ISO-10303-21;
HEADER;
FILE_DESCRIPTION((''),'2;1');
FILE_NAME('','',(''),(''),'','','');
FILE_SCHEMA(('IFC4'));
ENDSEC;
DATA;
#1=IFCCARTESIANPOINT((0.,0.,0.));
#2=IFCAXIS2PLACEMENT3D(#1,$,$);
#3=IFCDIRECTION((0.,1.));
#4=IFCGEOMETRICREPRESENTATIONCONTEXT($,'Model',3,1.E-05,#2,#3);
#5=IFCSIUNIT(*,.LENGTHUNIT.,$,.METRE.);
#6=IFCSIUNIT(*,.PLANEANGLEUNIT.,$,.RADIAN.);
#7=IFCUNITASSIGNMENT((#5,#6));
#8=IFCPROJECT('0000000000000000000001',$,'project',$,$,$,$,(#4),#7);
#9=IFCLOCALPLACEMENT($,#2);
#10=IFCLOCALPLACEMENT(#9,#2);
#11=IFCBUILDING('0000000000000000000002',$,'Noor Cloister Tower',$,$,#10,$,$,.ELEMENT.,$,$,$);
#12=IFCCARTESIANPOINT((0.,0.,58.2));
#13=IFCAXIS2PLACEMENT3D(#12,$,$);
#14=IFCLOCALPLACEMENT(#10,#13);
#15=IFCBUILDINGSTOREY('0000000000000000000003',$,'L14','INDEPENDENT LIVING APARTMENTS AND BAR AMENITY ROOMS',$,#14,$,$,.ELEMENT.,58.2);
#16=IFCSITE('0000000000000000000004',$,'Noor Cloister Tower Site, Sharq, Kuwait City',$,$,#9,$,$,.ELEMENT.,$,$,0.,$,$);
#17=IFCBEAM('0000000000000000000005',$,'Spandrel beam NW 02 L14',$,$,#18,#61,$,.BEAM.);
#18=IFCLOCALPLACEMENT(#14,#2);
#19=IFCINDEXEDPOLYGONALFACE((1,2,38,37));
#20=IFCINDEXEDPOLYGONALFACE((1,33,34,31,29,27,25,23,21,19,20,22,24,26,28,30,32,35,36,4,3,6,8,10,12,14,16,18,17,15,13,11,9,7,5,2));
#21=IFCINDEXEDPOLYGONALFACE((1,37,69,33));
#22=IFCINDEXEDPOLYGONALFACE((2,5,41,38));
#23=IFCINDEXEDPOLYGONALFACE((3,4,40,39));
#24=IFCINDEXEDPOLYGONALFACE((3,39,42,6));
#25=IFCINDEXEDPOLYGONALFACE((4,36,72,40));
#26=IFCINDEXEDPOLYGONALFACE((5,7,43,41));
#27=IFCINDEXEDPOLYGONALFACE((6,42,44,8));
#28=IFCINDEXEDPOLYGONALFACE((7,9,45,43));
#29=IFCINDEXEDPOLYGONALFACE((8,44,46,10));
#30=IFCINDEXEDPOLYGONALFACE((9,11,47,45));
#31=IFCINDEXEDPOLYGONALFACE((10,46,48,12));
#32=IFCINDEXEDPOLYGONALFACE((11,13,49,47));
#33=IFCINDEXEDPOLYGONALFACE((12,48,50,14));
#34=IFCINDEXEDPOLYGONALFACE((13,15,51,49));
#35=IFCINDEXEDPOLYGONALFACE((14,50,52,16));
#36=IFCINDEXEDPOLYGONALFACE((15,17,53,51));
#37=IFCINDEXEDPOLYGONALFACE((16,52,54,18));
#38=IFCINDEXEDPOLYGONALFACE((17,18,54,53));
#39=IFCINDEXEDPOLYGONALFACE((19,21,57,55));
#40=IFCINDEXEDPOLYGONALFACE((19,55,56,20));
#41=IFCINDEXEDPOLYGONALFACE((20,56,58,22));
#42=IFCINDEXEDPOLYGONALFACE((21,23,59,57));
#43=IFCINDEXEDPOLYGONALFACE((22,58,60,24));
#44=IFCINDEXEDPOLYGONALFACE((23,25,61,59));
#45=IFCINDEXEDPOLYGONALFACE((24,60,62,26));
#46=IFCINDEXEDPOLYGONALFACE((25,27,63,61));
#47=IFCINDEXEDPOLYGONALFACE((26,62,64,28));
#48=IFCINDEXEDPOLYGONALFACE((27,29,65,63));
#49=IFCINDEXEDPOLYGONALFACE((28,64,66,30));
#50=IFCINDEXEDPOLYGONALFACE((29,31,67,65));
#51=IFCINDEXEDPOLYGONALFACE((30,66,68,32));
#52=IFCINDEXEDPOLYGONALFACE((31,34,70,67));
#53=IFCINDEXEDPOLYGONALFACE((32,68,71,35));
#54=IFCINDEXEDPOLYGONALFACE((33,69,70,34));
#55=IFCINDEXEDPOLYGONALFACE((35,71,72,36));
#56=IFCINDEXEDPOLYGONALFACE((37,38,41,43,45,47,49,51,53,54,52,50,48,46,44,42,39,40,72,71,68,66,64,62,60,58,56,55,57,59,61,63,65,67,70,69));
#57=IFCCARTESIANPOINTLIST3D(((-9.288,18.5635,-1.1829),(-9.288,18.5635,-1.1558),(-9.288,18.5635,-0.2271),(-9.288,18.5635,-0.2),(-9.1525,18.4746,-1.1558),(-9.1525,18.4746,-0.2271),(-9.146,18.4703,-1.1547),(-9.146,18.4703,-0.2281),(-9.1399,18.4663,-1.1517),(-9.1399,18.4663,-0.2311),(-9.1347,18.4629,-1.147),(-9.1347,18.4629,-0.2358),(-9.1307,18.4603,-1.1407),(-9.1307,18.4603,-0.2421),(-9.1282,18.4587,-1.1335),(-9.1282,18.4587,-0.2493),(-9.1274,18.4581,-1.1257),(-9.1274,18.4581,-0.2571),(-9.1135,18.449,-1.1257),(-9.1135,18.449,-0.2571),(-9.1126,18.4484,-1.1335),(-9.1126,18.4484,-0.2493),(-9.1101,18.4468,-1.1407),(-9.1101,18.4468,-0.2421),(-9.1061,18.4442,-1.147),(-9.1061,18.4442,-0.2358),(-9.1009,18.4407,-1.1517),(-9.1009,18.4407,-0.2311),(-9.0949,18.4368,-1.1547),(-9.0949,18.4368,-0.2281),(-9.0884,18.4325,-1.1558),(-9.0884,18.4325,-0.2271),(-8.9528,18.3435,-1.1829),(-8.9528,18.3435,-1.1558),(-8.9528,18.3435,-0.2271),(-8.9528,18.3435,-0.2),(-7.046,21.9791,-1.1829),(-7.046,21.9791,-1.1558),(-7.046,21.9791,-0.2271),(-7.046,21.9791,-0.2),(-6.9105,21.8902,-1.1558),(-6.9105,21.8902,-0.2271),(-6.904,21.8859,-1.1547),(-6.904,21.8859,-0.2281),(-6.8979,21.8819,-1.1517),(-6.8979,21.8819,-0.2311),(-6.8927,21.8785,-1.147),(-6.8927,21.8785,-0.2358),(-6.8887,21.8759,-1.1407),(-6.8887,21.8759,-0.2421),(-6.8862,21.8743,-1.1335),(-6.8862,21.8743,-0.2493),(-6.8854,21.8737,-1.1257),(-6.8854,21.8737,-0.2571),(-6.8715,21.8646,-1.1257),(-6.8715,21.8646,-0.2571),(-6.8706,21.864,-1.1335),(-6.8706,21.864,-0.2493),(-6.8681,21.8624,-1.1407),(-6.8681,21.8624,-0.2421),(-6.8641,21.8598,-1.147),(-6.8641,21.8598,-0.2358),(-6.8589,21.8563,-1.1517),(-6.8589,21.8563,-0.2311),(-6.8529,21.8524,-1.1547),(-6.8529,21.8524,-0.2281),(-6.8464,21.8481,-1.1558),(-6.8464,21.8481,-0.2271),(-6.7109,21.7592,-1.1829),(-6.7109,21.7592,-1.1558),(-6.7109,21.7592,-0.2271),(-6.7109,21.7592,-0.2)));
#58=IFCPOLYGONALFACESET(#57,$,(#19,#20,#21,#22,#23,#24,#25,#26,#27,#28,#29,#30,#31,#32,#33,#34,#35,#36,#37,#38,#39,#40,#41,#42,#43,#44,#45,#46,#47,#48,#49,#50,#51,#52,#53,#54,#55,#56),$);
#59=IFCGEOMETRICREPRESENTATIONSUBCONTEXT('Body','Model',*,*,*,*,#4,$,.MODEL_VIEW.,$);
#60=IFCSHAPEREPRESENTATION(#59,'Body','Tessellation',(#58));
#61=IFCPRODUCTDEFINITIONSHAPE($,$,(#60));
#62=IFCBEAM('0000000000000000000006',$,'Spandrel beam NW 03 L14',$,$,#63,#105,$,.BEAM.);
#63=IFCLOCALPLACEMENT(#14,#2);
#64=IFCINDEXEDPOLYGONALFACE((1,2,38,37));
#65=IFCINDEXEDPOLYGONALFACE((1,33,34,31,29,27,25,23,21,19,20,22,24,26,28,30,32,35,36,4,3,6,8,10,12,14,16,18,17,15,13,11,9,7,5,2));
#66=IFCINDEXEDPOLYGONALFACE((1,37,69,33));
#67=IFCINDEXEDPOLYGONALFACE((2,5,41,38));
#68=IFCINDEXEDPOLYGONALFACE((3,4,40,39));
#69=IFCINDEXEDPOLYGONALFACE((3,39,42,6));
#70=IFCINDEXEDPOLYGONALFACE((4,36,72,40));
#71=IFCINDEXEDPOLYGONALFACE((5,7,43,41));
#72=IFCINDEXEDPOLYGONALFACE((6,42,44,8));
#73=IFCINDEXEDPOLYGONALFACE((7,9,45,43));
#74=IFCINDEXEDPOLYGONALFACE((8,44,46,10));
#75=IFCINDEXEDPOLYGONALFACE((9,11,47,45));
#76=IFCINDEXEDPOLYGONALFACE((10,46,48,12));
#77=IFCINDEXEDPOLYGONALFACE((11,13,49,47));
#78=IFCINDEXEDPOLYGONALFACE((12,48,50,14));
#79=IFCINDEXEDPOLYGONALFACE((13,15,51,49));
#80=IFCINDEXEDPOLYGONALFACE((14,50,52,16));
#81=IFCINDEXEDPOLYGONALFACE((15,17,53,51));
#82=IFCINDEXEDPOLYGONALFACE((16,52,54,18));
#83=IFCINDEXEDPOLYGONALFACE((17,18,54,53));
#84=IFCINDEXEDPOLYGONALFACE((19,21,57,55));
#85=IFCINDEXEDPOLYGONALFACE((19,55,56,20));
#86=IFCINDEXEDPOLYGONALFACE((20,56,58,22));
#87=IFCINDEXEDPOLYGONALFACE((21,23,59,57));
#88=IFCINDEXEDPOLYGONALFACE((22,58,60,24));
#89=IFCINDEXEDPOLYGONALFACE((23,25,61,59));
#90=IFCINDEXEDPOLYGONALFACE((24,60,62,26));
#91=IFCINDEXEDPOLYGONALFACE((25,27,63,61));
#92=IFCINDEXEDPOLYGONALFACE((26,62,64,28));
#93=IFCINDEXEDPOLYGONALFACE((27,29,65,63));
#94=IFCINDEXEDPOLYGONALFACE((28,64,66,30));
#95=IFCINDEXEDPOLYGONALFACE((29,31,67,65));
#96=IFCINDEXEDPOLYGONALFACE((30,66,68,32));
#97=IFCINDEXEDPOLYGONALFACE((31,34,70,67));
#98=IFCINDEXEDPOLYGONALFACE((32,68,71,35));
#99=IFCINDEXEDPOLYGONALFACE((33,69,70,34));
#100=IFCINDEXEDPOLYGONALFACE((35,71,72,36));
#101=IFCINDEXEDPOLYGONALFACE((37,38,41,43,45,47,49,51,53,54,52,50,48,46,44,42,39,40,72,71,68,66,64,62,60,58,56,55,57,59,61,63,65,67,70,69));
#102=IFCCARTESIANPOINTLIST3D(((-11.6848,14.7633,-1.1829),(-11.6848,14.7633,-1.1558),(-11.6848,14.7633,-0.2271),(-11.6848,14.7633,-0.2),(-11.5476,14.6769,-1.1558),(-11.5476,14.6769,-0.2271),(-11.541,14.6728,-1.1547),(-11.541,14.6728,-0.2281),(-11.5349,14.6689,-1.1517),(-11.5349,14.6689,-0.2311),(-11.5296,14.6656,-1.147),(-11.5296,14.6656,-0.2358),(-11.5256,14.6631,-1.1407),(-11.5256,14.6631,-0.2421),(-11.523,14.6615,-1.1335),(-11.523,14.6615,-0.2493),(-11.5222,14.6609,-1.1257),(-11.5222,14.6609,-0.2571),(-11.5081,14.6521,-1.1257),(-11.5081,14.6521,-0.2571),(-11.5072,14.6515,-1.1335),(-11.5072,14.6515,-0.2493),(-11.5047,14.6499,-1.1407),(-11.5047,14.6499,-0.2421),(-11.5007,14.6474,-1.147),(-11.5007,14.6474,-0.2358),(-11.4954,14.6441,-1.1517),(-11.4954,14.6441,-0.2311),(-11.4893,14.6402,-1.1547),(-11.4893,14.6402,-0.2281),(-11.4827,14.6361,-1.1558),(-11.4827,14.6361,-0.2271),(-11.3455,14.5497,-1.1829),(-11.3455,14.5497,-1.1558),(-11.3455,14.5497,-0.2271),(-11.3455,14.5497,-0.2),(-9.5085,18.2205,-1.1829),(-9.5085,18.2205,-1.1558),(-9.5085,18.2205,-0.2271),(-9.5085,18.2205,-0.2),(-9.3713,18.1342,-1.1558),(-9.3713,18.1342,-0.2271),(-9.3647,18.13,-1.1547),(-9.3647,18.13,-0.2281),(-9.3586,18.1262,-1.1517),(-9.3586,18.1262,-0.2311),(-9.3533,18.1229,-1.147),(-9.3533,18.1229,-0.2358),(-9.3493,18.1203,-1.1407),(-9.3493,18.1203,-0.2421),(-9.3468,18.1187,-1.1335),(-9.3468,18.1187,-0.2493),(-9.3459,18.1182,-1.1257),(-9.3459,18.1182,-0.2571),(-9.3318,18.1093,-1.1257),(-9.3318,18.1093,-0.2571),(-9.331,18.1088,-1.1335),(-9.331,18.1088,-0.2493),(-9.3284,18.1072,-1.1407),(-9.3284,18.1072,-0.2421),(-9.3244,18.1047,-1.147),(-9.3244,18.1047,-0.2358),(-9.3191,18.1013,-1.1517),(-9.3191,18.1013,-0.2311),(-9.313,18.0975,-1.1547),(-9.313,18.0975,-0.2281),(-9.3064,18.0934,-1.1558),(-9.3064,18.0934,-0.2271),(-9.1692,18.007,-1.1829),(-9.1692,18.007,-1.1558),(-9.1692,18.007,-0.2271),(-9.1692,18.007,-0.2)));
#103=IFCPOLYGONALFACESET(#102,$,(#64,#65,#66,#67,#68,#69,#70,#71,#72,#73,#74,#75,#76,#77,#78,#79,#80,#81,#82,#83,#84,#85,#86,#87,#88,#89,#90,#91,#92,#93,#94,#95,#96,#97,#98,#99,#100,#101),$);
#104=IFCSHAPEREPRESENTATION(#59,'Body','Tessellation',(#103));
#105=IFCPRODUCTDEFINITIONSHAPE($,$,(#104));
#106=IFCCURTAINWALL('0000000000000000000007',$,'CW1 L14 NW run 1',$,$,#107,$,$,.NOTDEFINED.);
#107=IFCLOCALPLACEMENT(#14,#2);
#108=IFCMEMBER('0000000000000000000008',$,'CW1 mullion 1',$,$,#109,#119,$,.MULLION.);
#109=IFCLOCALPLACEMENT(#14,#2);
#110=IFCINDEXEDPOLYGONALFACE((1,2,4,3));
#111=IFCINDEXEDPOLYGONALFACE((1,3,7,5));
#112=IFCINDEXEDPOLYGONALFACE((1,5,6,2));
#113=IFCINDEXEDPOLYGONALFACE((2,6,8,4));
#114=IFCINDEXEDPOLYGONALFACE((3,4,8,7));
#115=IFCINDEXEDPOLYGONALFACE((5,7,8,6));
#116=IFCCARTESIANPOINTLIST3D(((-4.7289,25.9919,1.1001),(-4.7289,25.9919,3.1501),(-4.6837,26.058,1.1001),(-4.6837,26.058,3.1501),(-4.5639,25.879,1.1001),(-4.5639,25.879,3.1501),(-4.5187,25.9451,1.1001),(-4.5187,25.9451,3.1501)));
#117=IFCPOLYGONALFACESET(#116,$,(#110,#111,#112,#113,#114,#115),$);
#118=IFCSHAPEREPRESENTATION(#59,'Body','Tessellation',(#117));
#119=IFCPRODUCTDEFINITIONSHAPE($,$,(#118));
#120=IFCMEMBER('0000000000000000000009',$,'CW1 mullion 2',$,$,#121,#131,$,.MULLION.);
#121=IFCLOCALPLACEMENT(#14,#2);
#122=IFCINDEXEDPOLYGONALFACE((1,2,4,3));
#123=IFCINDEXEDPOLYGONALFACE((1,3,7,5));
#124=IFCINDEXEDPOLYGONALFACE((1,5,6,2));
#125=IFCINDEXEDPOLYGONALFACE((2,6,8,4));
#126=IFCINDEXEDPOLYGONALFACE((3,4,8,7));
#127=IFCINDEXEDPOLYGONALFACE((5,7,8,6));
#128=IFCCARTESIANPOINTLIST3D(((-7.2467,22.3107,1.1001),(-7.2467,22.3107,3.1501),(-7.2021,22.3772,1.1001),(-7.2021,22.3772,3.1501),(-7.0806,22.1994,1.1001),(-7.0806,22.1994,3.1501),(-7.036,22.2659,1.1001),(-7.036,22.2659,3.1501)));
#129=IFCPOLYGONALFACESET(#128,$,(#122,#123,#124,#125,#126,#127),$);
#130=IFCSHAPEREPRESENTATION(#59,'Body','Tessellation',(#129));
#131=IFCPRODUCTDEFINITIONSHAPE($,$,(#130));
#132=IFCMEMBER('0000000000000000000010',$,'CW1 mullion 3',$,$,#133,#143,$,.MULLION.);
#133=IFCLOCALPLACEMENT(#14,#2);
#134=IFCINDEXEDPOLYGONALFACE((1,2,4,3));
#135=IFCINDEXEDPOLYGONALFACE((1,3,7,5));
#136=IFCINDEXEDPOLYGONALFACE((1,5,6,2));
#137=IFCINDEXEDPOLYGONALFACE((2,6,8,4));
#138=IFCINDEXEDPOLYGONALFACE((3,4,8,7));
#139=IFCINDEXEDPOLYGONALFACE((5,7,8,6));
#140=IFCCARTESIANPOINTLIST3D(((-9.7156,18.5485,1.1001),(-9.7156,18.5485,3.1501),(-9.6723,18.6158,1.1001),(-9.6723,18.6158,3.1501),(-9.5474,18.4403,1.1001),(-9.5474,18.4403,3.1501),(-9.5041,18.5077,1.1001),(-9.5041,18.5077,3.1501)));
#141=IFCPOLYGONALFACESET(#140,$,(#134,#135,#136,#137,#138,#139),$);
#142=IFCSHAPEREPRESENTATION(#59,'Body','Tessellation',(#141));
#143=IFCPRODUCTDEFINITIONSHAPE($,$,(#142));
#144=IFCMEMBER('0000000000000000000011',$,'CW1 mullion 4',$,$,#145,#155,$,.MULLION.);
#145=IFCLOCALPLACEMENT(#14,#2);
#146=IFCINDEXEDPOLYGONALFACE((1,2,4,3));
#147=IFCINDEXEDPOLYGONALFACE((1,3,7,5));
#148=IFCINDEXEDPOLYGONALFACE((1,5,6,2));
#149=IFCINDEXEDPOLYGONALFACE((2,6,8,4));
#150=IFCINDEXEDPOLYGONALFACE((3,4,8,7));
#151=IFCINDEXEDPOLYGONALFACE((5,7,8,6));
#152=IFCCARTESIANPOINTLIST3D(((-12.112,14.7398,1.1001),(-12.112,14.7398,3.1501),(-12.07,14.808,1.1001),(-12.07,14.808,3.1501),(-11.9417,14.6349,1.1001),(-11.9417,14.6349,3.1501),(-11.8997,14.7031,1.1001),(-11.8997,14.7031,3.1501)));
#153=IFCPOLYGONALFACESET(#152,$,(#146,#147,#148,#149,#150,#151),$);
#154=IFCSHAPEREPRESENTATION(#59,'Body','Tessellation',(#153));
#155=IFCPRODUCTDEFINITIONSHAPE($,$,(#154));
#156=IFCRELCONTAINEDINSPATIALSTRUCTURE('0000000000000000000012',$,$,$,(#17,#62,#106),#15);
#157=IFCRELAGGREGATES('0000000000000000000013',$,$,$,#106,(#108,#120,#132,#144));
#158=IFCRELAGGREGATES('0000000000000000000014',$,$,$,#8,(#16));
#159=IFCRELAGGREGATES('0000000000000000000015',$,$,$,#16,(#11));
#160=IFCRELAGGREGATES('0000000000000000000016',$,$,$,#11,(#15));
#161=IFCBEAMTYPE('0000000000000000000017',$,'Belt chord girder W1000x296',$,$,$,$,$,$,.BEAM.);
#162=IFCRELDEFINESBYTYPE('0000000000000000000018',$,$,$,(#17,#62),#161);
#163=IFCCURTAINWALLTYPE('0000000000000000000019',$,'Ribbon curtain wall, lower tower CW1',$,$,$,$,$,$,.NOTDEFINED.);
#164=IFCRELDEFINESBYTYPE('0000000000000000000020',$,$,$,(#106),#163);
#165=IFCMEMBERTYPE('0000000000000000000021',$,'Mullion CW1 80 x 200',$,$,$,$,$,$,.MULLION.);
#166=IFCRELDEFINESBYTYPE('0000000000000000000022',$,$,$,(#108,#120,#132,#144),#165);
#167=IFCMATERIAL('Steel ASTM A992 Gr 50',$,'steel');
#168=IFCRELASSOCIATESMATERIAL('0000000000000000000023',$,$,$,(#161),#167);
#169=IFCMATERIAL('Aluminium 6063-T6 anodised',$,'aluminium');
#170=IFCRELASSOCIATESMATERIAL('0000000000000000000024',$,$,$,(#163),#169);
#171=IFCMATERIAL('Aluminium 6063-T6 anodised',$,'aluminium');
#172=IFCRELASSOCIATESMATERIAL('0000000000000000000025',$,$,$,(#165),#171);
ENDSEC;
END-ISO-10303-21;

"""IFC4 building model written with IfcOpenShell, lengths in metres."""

from ifc_helpers import new_model, si_unit, direction, frame, origin, origin_2d, place, context, subcontext, project, spatial, rectangle, i_section, extrude, material, material_profile, profile_set, type_object, element, aggregate, save


model = new_model("IFC4")

# Units and contexts
model_context = context("Model", 3, precision=1e-05, world=origin(), true_north=direction((0.0, 1.0)))
body_context = subcontext(model_context, "Body", "Model", "MODEL_VIEW")
ifc_project = project(units=[si_unit("LENGTHUNIT", "METRE"), si_unit("PLANEANGLEUNIT", "RADIAN")], contexts=[model_context])

# Site, building, storey
site_placement = place(None, origin())
site = spatial("IfcSite", under=ifc_project, at=site_placement, Name="Noor Cloister Tower Site, Sharq, Kuwait City", CompositionType="ELEMENT", RefElevation=0.0)
building_placement = place(site_placement, origin())
building = spatial("IfcBuilding", under=site, at=building_placement, Name="Noor Cloister Tower", CompositionType="ELEMENT")
storey_placement = place(building_placement, frame((0.0, 0.0, 58.2)))
storey = spatial("IfcBuildingStorey", under=building, at=storey_placement, Name="L14", Description="INDEPENDENT LIVING APARTMENTS AND BAR AMENITY ROOMS", CompositionType="ELEMENT", Elevation=58.2)

# Beams
ifc_material_1 = material(Name="Steel ASTM A992 Gr 50", Category="steel")
ifc_material_profile_1 = material_profile(ifc_material_1, i_section(OverallWidth=0.4009, OverallDepth=0.9829, WebThickness=0.0166, FlangeThickness=0.0271, FilletRadius=0.03, at=origin_2d()), Name="W1000x296")
ifc_profile_set_1 = profile_set([ifc_material_profile_1], Name="Steel ASTM A992 Gr 50")
beam_type_1 = type_object("IfcBeamType", Name="Belt chord girder W1000x296", PredefinedType="BEAM", material=ifc_profile_set_1)
beam_1_placement = place(storey_placement, frame((-6.8784, 21.8691, -0.6914), z_axis=(-0.548743, -0.835991, 0.0), x_axis=(0.835991, -0.548743, 0.0)))
element("IfcBeam", 1, at=beam_1_placement, inside=storey, type_object=beam_type_1, Name="Spandrel beam NW 02 L14", PredefinedType="BEAM", context=body_context, shape_type="SweptSolid", body=[
    extrude(i_section(OverallWidth=0.4009, OverallDepth=0.9829, WebThickness=0.0166, FlangeThickness=0.0271, FilletRadius=0.03, at=origin_2d()), origin(), (0.0, 0.0, 1.0), 4.0857),
])
beam_2_placement = place(storey_placement, frame((-9.3389, 18.1138, -0.6914), z_axis=(-0.53272, -0.846292, 0.0), x_axis=(0.846292, -0.53272, 0.0)))
element("IfcBeam", 2, at=beam_2_placement, inside=storey, type_object=beam_type_1, Name="Spandrel beam NW 03 L14", PredefinedType="BEAM", context=body_context, shape_type="SweptSolid", body=[
    extrude(i_section(OverallWidth=0.4009, OverallDepth=0.9829, WebThickness=0.0166, FlangeThickness=0.0271, FilletRadius=0.03, at=origin_2d()), origin(), (0.0, 0.0, 1.0), 4.0852),
])

# Curtain wall, members
ifc_material_2 = material(Name="Aluminium 6063-T6 anodised", Category="aluminium")
curtain_wall_type = type_object("IfcCurtainWallType", Name="Ribbon curtain wall, lower tower CW1", PredefinedType="NOTDEFINED", material=ifc_material_2)
curtain_wall_placement = place(storey_placement, origin())
curtain_wall = element("IfcCurtainWall", 3, at=curtain_wall_placement, inside=storey, type_object=curtain_wall_type, Name="CW1 L14 NW run 1", PredefinedType="NOTDEFINED")
ifc_material_3 = material(Name="Aluminium 6063-T6 anodised", Category="aluminium")
ifc_material_profile_2 = material_profile(ifc_material_3, rectangle(XDim=0.2, YDim=0.0801, at=origin_2d()), Name="200 x 80 mullion")
ifc_profile_set_2 = profile_set([ifc_material_profile_2], Name="Aluminium 6063-T6 anodised")
member_type = type_object("IfcMemberType", Name="Mullion CW1 80 x 200", PredefinedType="MULLION", material=ifc_profile_set_2)
member_1_placement = place(storey_placement, frame((-4.6238, 25.9685, 1.1001), z_axis=(0.0, 0.0, 1.0), x_axis=(0.825345, -0.564629, 0.0)))
member_1 = element("IfcMember", 4, at=member_1_placement, type_object=member_type, Name="CW1 mullion 1", PredefinedType="MULLION", context=body_context, shape_type="SweptSolid", body=[
    extrude(rectangle(XDim=0.2, YDim=0.0801, at=origin_2d()), origin(), (0.0, 0.0, 1.0), 2.05),
])
member_2_placement = place(storey_placement, frame((-7.1414, 22.2883, 1.1001), z_axis=(0.0, 0.0, 1.0), x_axis=(0.830698, -0.556723, 0.0)))
member_2 = element("IfcMember", 5, at=member_2_placement, type_object=member_type, Name="CW1 mullion 2", PredefinedType="MULLION", context=body_context, shape_type="SweptSolid", body=[
    extrude(rectangle(XDim=0.2, YDim=0.0801, at=origin_2d()), origin(), (0.0, 0.0, 1.0), 2.05),
])
member_3_placement = place(storey_placement, frame((-9.6099, 18.5281, 1.1001), z_axis=(0.0, 0.0, 1.0), x_axis=(0.841177, -0.540759, 0.0)))
member_3 = element("IfcMember", 6, at=member_3_placement, type_object=member_type, Name="CW1 mullion 3", PredefinedType="MULLION", context=body_context, shape_type="SweptSolid", body=[
    extrude(rectangle(XDim=0.2, YDim=0.0801, at=origin_2d()), origin(), (0.0, 0.0, 1.0), 2.05),
])
member_4_placement = place(storey_placement, frame((-12.0059, 14.7214, 1.1001), z_axis=(0.0, 0.0, 1.0), x_axis=(0.85135, -0.524598, 0.0)))
member_4 = element("IfcMember", 7, at=member_4_placement, type_object=member_type, Name="CW1 mullion 4", PredefinedType="MULLION", context=body_context, shape_type="SweptSolid", body=[
    extrude(rectangle(XDim=0.2, YDim=0.0801, at=origin_2d()), origin(), (0.0, 0.0, 1.0), 2.05),
])

aggregate(curtain_wall, [member_1, member_2, member_3, member_4])

save(model, "model.ifc")
